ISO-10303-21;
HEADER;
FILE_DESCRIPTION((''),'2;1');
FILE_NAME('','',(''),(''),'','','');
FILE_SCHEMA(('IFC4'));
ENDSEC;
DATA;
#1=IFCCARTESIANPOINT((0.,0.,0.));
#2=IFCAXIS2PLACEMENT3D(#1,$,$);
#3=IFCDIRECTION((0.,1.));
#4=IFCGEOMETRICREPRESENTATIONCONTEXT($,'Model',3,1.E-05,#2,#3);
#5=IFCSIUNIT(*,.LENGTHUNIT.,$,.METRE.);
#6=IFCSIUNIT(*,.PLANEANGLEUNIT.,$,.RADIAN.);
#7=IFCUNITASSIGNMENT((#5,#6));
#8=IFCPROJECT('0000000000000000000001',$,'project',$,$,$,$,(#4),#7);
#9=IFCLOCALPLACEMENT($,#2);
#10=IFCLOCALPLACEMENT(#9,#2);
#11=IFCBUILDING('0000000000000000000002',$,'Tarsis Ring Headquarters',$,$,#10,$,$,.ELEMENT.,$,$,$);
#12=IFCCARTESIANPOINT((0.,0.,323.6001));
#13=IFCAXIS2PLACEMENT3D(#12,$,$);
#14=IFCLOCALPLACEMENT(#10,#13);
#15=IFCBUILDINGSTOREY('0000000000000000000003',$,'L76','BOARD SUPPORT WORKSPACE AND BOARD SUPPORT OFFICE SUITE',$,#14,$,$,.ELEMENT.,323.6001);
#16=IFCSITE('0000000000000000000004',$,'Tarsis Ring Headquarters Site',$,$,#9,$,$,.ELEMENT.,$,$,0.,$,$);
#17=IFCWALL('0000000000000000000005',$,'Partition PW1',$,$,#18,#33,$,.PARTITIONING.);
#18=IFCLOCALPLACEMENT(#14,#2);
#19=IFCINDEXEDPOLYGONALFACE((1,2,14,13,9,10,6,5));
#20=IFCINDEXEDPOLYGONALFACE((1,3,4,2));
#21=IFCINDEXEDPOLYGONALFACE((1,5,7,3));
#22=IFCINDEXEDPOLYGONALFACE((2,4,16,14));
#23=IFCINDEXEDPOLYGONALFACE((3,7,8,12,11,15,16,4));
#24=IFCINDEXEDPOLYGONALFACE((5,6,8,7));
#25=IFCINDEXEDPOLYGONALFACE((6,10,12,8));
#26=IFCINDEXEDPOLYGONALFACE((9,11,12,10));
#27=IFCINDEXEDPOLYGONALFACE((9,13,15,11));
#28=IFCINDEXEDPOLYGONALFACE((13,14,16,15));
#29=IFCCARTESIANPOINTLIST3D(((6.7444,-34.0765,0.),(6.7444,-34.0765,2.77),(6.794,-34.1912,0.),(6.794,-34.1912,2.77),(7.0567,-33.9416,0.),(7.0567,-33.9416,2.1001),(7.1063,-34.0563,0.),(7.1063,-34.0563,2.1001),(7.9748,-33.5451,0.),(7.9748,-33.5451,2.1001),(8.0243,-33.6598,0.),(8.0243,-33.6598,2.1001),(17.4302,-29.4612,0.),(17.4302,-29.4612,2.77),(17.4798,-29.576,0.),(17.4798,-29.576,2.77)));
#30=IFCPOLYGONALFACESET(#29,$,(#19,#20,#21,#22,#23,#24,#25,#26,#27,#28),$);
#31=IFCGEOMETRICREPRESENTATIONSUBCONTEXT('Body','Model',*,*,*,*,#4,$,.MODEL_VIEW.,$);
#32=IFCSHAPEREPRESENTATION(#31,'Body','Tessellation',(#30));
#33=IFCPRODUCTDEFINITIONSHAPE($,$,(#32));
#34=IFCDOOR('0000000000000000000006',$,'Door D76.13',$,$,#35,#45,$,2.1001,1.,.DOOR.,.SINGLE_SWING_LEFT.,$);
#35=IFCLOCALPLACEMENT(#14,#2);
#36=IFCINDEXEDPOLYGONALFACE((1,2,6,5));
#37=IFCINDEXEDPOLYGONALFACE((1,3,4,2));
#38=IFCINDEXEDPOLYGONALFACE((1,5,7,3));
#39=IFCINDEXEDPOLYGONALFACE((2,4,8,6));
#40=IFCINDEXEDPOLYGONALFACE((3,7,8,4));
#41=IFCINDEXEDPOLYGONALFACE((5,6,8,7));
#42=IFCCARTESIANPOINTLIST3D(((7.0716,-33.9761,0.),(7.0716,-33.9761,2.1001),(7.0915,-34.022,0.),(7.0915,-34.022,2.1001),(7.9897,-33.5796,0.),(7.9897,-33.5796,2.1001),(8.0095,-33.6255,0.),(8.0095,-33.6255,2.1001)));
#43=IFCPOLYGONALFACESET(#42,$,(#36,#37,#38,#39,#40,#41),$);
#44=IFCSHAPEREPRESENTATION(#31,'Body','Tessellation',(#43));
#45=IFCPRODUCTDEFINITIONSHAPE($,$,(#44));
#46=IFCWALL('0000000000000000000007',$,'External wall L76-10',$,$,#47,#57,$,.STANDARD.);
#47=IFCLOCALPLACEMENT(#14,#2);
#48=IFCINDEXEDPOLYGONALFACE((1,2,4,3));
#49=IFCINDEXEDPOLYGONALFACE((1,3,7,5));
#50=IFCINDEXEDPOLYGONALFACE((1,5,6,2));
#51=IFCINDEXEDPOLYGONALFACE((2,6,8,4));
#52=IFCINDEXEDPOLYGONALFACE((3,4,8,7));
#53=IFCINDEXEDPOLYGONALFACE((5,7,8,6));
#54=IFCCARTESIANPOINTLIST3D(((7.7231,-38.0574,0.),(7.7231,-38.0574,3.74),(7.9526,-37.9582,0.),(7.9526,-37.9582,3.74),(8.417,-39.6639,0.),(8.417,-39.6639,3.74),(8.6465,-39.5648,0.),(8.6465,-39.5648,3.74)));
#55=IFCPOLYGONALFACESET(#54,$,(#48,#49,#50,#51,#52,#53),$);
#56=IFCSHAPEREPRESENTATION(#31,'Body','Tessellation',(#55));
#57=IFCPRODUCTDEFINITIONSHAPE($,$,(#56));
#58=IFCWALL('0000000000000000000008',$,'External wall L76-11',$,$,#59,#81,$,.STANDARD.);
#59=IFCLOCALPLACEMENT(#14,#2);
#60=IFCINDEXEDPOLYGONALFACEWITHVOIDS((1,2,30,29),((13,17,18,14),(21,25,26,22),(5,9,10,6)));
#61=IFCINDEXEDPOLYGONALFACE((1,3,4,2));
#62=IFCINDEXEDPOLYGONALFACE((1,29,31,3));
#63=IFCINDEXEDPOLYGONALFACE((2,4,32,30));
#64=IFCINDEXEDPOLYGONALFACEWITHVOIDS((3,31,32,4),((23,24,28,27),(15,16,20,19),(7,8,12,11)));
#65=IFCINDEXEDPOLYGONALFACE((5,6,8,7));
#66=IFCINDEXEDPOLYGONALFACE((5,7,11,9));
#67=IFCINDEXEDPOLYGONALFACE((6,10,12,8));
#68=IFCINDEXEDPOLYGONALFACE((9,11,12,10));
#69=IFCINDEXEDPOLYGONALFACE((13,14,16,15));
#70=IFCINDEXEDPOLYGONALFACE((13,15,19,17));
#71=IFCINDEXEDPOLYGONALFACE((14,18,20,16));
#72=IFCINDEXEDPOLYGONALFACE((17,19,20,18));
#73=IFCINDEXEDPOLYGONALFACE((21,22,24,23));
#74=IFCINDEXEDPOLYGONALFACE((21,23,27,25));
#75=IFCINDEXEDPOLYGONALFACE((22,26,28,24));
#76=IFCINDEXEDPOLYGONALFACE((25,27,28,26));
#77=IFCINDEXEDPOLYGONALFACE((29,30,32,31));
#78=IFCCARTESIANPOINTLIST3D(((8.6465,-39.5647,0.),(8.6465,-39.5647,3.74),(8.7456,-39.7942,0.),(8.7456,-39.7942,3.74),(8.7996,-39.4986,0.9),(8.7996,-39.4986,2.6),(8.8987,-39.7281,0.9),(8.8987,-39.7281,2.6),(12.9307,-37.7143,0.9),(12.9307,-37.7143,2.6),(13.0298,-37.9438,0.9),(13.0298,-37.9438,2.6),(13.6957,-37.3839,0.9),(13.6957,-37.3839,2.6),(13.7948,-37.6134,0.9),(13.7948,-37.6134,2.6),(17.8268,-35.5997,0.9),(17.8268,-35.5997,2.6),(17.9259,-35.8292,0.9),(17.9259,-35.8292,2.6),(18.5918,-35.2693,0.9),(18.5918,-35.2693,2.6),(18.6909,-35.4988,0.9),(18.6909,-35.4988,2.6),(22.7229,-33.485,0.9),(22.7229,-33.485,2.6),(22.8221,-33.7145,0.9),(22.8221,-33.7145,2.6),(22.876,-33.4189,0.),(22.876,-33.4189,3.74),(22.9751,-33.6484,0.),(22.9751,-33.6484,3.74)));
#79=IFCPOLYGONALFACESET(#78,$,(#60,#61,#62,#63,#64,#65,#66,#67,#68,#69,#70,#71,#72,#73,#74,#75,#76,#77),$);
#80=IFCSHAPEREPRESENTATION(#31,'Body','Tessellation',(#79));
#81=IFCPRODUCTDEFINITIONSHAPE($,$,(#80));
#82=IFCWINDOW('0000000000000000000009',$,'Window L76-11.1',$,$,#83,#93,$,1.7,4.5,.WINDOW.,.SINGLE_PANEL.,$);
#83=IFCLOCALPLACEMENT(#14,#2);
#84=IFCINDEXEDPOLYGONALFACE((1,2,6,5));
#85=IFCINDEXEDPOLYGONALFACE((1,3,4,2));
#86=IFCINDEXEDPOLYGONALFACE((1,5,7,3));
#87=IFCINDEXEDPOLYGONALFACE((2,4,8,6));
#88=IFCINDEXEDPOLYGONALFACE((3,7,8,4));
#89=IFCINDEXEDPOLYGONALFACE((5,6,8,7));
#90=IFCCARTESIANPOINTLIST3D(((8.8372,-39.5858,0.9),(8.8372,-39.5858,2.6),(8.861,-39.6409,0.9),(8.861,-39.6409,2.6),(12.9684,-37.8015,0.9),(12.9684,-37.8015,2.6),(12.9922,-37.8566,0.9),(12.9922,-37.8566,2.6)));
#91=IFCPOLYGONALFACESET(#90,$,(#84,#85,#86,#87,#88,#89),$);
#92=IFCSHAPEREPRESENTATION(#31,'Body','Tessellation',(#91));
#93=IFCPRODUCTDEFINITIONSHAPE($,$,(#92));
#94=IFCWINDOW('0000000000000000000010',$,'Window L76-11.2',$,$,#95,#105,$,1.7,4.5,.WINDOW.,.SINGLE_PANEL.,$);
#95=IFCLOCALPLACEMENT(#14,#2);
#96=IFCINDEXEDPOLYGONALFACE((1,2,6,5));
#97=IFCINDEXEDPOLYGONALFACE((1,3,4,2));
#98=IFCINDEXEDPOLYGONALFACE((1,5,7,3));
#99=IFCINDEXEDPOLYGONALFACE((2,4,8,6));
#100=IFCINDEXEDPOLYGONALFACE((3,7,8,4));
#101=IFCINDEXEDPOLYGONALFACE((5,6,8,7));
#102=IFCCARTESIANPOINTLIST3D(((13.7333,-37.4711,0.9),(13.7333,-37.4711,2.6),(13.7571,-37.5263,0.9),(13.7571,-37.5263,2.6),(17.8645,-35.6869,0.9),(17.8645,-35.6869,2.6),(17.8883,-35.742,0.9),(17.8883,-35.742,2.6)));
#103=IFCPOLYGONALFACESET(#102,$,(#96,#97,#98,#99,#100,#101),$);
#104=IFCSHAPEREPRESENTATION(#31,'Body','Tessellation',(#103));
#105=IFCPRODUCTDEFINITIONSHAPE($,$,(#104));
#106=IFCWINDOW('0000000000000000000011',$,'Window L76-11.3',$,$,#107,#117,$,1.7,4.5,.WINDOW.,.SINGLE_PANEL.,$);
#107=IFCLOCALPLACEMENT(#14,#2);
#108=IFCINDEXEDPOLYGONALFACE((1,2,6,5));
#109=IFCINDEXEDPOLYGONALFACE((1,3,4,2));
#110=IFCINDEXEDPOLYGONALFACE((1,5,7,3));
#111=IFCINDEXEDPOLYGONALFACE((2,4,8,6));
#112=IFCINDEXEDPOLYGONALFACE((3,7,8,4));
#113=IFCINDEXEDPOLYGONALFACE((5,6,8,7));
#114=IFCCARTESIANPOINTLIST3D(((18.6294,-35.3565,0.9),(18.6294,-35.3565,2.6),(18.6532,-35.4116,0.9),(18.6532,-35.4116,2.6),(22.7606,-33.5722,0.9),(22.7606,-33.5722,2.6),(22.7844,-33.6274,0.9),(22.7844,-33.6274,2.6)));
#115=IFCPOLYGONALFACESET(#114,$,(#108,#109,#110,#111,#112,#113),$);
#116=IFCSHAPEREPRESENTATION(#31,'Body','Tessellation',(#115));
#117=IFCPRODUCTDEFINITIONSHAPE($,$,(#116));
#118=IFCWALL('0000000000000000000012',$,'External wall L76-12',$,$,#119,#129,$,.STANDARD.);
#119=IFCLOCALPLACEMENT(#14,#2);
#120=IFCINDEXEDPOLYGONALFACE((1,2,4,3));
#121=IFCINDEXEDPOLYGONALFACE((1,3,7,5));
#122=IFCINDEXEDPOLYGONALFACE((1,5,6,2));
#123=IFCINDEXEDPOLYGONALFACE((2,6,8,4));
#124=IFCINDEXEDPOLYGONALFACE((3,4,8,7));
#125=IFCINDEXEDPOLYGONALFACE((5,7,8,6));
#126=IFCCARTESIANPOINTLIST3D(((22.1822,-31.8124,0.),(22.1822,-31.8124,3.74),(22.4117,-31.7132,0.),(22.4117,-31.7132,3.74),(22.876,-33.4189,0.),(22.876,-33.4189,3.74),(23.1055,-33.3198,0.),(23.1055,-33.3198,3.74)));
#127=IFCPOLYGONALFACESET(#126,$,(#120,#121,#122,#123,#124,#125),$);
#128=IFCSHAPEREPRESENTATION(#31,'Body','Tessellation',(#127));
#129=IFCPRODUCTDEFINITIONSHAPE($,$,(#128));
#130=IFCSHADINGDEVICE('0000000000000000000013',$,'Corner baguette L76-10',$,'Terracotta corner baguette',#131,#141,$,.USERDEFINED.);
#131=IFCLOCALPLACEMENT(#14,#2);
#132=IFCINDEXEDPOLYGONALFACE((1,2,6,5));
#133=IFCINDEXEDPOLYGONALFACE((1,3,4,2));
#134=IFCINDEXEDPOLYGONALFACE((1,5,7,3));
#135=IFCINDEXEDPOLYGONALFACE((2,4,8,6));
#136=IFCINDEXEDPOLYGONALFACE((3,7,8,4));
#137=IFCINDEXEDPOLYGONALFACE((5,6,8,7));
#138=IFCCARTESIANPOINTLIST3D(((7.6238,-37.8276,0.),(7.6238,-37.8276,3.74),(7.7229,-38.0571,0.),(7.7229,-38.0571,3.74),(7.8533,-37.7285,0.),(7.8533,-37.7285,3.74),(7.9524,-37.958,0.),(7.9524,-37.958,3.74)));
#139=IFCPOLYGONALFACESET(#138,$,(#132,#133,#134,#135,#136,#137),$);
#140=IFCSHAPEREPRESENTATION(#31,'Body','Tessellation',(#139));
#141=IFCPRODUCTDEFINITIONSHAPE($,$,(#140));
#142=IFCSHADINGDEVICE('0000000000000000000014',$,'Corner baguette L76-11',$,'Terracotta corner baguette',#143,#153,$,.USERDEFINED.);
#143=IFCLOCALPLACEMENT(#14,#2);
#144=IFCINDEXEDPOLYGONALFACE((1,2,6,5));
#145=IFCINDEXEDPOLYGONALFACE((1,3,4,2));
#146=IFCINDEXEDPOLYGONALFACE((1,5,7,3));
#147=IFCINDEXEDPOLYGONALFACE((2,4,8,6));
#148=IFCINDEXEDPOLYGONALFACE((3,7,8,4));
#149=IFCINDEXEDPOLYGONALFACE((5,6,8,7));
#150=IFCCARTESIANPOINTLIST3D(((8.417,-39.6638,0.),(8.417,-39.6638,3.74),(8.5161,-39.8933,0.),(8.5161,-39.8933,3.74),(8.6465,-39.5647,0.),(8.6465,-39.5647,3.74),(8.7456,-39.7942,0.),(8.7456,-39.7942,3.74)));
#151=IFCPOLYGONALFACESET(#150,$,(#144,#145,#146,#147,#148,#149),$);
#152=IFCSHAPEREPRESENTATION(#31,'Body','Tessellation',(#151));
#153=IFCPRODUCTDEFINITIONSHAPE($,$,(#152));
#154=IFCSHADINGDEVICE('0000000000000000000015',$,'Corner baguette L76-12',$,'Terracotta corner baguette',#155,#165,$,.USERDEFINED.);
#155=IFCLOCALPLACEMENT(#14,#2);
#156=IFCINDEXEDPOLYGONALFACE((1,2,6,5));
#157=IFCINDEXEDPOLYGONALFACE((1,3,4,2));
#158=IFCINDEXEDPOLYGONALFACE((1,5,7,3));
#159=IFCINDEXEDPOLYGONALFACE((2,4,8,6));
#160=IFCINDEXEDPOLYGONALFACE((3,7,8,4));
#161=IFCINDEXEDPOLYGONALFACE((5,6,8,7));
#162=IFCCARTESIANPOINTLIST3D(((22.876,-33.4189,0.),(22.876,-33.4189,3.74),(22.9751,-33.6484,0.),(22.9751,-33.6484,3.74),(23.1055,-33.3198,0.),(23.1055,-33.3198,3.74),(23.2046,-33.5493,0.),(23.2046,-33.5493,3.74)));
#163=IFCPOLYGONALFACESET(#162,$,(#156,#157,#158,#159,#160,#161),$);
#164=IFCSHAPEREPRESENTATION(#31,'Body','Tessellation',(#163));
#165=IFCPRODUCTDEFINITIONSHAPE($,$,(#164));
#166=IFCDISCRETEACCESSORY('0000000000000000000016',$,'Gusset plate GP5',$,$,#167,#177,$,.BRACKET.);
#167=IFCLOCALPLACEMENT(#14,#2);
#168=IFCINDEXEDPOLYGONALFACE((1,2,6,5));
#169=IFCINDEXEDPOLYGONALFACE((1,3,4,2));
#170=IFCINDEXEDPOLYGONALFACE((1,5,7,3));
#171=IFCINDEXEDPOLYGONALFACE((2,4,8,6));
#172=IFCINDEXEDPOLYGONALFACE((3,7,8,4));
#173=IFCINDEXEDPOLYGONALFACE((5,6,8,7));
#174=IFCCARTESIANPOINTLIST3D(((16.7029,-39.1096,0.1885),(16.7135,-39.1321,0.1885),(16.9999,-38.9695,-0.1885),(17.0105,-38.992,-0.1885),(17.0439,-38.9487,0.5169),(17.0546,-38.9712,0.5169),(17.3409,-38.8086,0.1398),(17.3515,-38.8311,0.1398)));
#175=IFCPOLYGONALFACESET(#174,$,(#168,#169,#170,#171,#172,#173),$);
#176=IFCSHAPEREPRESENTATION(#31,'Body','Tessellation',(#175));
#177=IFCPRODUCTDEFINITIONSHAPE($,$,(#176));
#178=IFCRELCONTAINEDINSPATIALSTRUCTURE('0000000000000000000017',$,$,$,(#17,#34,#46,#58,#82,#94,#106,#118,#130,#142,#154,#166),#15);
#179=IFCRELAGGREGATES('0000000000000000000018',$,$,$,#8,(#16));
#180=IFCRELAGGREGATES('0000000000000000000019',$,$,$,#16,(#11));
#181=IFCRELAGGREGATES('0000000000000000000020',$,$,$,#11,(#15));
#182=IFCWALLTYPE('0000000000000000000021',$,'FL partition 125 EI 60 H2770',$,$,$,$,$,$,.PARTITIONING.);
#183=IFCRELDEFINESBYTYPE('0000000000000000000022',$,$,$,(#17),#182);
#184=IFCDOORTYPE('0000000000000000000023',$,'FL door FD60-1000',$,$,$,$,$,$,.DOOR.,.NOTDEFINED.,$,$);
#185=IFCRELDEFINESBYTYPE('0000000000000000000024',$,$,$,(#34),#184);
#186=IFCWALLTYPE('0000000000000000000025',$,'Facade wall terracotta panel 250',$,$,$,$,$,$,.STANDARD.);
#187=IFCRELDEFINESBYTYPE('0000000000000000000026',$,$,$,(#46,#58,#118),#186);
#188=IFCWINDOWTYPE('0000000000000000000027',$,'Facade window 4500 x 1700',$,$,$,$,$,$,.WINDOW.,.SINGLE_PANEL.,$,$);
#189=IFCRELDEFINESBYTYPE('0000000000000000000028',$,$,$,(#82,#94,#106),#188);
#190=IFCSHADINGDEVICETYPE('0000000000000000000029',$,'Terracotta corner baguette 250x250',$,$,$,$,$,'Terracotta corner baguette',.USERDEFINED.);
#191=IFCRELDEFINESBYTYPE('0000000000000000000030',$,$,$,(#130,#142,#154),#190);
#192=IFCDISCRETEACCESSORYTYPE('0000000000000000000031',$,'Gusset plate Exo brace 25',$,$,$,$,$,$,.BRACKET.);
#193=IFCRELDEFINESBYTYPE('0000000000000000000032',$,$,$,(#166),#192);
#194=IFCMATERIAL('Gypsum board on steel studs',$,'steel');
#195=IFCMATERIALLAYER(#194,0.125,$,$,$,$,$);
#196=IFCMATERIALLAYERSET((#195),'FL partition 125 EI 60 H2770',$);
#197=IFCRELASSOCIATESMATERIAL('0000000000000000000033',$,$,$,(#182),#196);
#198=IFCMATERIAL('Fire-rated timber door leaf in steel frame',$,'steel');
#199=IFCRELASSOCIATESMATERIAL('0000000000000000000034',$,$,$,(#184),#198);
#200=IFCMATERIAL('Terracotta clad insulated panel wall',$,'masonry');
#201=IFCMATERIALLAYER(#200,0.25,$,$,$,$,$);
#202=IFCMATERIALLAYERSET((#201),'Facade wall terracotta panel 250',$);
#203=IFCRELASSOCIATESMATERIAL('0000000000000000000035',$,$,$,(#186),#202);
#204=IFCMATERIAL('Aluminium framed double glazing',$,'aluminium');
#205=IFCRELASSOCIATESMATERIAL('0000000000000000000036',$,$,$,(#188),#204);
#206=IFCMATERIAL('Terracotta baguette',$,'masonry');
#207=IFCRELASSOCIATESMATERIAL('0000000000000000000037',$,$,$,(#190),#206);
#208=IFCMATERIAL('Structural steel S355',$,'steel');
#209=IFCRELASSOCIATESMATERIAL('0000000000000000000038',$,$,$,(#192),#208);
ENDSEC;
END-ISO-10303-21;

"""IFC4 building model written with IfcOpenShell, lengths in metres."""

from ifc_helpers import new_model, si_unit, direction, frame, frame_2d, origin, origin_2d, place, context, subcontext, project, spatial, rectangle, extrude, material, layer, layer_set, material_profile, profile_set, type_object, element, fill, save


model = new_model("IFC4")

# Units and contexts
model_context = context("Model", 3, precision=1e-05, world=origin(), true_north=direction((0.0, 1.0)))
body_context = subcontext(model_context, "Body", "Model", "MODEL_VIEW")
ifc_project = project(units=[si_unit("LENGTHUNIT", "METRE"), si_unit("PLANEANGLEUNIT", "RADIAN")], contexts=[model_context])

# Site, building, storey
site_placement = place(None, origin())
site = spatial("IfcSite", under=ifc_project, at=site_placement, Name="Tarsis Ring Headquarters Site", CompositionType="ELEMENT", RefElevation=0.0)
building_placement = place(site_placement, origin())
building = spatial("IfcBuilding", under=site, at=building_placement, Name="Tarsis Ring Headquarters", CompositionType="ELEMENT")
storey_placement = place(building_placement, frame((0.0, 0.0, 323.6001)))
storey = spatial("IfcBuildingStorey", under=building, at=storey_placement, Name="L76", Description="BOARD SUPPORT WORKSPACE AND BOARD SUPPORT OFFICE SUITE", CompositionType="ELEMENT", Elevation=323.6001)

# Shared definitions
ifc_material_1 = material(Name="Structural steel S355", Category="steel")

# Wall, opening, door
ifc_material_2 = material(Name="Gypsum board on steel studs", Category="steel")
ifc_layer_1 = layer(ifc_material_2, 0.125)
ifc_layer_set_1 = layer_set([ifc_layer_1], Name="FL partition 125 EI 60 H2770")
wall_type_1 = type_object("IfcWallType", Name="FL partition 125 EI 60 H2770", PredefinedType="PARTITIONING", material=ifc_layer_set_1)
wall_1_placement = place(storey_placement, frame((6.7693, -34.1338, 0.0), z_axis=(0.0, 0.0, 1.0), x_axis=(0.918034, 0.396502, 0.0)))
wall_1 = element("IfcWall", 1, at=wall_1_placement, inside=storey, type_object=wall_type_1, Name="Partition PW1", PredefinedType="PARTITIONING", context=body_context, shape_type="SweptSolid", body=[
    extrude(rectangle(XDim=11.6399, YDim=0.125, at=frame_2d((5.8198, 0.0))), origin(), (0.0, 0.0, 1.0), 2.77),
])
opening_1_placement = place(wall_1_placement, frame((0.3401, 0.0, 0.0)))
opening_1 = element("IfcOpeningElement", 2, at=opening_1_placement, cuts=wall_1, PredefinedType="OPENING", context=body_context, shape_type="SweptSolid", body=[
    extrude(rectangle(XDim=1.0, YDim=2.1001, at=frame_2d((0.5, 1.05))), frame((0.0, 0.0725, 0.0), z_axis=(0.0, -1.0, 0.0), x_axis=(1.0, 0.0, 0.0)), (0.0, 0.0, 1.0), 0.145),
])
ifc_material_3 = material(Name="Fire-rated timber door leaf in steel frame", Category="steel")
door_type = type_object("IfcDoorType", Name="FL door FD60-1000", OperationType="NOTDEFINED", PredefinedType="DOOR", material=ifc_material_3)
door_placement = place(opening_1_placement, origin())
door = element("IfcDoor", 3, at=door_placement, inside=storey, type_object=door_type, Name="Door D76.13", OperationType="SINGLE_SWING_LEFT", OverallHeight=2.1001, OverallWidth=1.0, PredefinedType="DOOR", context=body_context, shape_type="SweptSolid", body=[
    extrude(rectangle(XDim=1.0, YDim=2.1001, at=frame_2d((0.5, 1.05))), frame((0.0, 0.0249, 0.0), z_axis=(0.0, -1.0, 0.0), x_axis=(1.0, 0.0, 0.0)), (0.0, 0.0, 1.0), 0.05),
])
fill(opening_1, door)

# Wall
ifc_material_4 = material(Name="Terracotta clad insulated panel wall", Category="masonry")
ifc_layer_2 = layer(ifc_material_4, 0.25)
ifc_layer_set_2 = layer_set([ifc_layer_2], Name="Facade wall terracotta panel 250")
wall_type_2 = type_object("IfcWallType", Name="Facade wall terracotta panel 250", PredefinedType="STANDARD", material=ifc_layer_set_2)
wall_2_placement = place(storey_placement, frame((7.8379, -38.0078, 0.0), z_axis=(0.0, 0.0, 1.0), x_axis=(0.396511, -0.91803, 0.0)))
element("IfcWall", 4, at=wall_2_placement, inside=storey, type_object=wall_type_2, Name="External wall L76-10", PredefinedType="STANDARD", context=body_context, shape_type="SweptSolid", body=[
    extrude(rectangle(XDim=1.75, YDim=0.25, at=frame_2d((0.875, 0.0))), origin(), (0.0, 0.0, 1.0), 3.74),
])

# Wall, openings, windows
wall_3_placement = place(storey_placement, frame((8.696, -39.6794, 0.0), z_axis=(0.0, 0.0, 1.0), x_axis=(0.918034, 0.396501, 0.0)))
wall_3 = element("IfcWall", 5, at=wall_3_placement, inside=storey, type_object=wall_type_2, Name="External wall L76-11", PredefinedType="STANDARD", context=body_context, shape_type="SweptSolid", body=[
    extrude(rectangle(XDim=15.5, YDim=0.25, at=frame_2d((7.75, 0.0))), origin(), (0.0, 0.0, 1.0), 3.74),
])
opening_2_placement = place(wall_3_placement, frame((0.1667, 0.0, 0.8999)))
opening_2 = element("IfcOpeningElement", 6, at=opening_2_placement, cuts=wall_3, PredefinedType="OPENING", context=body_context, shape_type="SweptSolid", body=[
    extrude(rectangle(XDim=4.5, YDim=1.7, at=frame_2d((2.25, 0.8501))), frame((0.0, 0.135, 0.0), z_axis=(0.0, -1.0, 0.0), x_axis=(1.0, 0.0, 0.0)), (0.0, 0.0, 1.0), 0.27),
])
opening_3_placement = place(wall_3_placement, frame((5.5, 0.0, 0.8999)))
opening_3 = element("IfcOpeningElement", 7, at=opening_3_placement, cuts=wall_3, PredefinedType="OPENING", context=body_context, shape_type="SweptSolid", body=[
    extrude(rectangle(XDim=4.5, YDim=1.7, at=frame_2d((2.25, 0.8501))), frame((0.0, 0.135, 0.0), z_axis=(0.0, -1.0, 0.0), x_axis=(1.0, 0.0, 0.0)), (0.0, 0.0, 1.0), 0.27),
])
opening_4_placement = place(wall_3_placement, frame((10.8333, 0.0, 0.8999)))
opening_4 = element("IfcOpeningElement", 8, at=opening_4_placement, cuts=wall_3, PredefinedType="OPENING", context=body_context, shape_type="SweptSolid", body=[
    extrude(rectangle(XDim=4.5, YDim=1.7, at=frame_2d((2.25, 0.8501))), frame((0.0, 0.135, 0.0), z_axis=(0.0, -1.0, 0.0), x_axis=(1.0, 0.0, 0.0)), (0.0, 0.0, 1.0), 0.27),
])
ifc_material_5 = material(Name="Aluminium framed double glazing", Category="aluminium")
window_type = type_object("IfcWindowType", Name="Facade window 4500 x 1700", PartitioningType="SINGLE_PANEL", PredefinedType="WINDOW", material=ifc_material_5)
window_1_placement = place(opening_2_placement, origin())
window_1 = element("IfcWindow", 9, at=window_1_placement, inside=storey, type_object=window_type, Name="Window L76-11.1", OverallHeight=1.7, OverallWidth=4.5, PartitioningType="SINGLE_PANEL", PredefinedType="WINDOW", context=body_context, shape_type="SweptSolid", body=[
    extrude(rectangle(XDim=4.5, YDim=1.7, at=frame_2d((2.25, 0.8501))), frame((0.0, 0.03, 0.0), z_axis=(0.0, -1.0, 0.0), x_axis=(1.0, 0.0, 0.0)), (0.0, 0.0, 1.0), 0.0601),
])
fill(opening_2, window_1)
window_2_placement = place(opening_3_placement, origin())
window_2 = element("IfcWindow", 10, at=window_2_placement, inside=storey, type_object=window_type, Name="Window L76-11.2", OverallHeight=1.7, OverallWidth=4.5, PartitioningType="SINGLE_PANEL", PredefinedType="WINDOW", context=body_context, shape_type="SweptSolid", body=[
    extrude(rectangle(XDim=4.5, YDim=1.7, at=frame_2d((2.25, 0.8501))), frame((0.0, 0.03, 0.0), z_axis=(0.0, -1.0, 0.0), x_axis=(1.0, 0.0, 0.0)), (0.0, 0.0, 1.0), 0.0601),
])
fill(opening_3, window_2)
window_3_placement = place(opening_4_placement, origin())
window_3 = element("IfcWindow", 11, at=window_3_placement, inside=storey, type_object=window_type, Name="Window L76-11.3", OverallHeight=1.7, OverallWidth=4.5, PartitioningType="SINGLE_PANEL", PredefinedType="WINDOW", context=body_context, shape_type="SweptSolid", body=[
    extrude(rectangle(XDim=4.5, YDim=1.7, at=frame_2d((2.25, 0.8501))), frame((0.0, 0.03, 0.0), z_axis=(0.0, -1.0, 0.0), x_axis=(1.0, 0.0, 0.0)), (0.0, 0.0, 1.0), 0.0601),
])
fill(opening_4, window_3)

# Wall
wall_4_placement = place(storey_placement, frame((22.9907, -33.3694, 0.0), z_axis=(0.0, 0.0, 1.0), x_axis=(-0.39646, 0.918052, 0.0)))
element("IfcWall", 12, at=wall_4_placement, inside=storey, type_object=wall_type_2, Name="External wall L76-12", PredefinedType="STANDARD", context=body_context, shape_type="SweptSolid", body=[
    extrude(rectangle(XDim=1.75, YDim=0.25, at=frame_2d((0.875, 0.0))), origin(), (0.0, 0.0, 1.0), 3.74),
])

# Shading devices
ifc_material_6 = material(Name="Terracotta baguette", Category="masonry")
shading_device_type_1 = type_object("IfcShadingDeviceType", Name="Terracotta corner baguette 250x250", ElementType="Terracotta corner baguette", PredefinedType="USERDEFINED", material=ifc_material_6)
for number, where, z_axis, x_axis, name in (
    (13, (7.7881, -37.8928, 0.0), (0.0, 0.0, 1.0), (0.918032, 0.396507, 0.0), "Corner baguette L76-10"),
    (14, (8.5813, -39.729, 0.0), (0.0, 0.0, 1.0), (0.396507, -0.918032, 0.0), "Corner baguette L76-11"),
    (15, (23.0403, -33.4841, 0.0), (0.0, 0.0, 1.0), (0.918032, 0.396507, 0.0), "Corner baguette L76-12"),
):
    element("IfcShadingDevice", number, at=place(storey_placement, frame(where, z_axis=z_axis, x_axis=x_axis)), inside=storey, type_object=shading_device_type_1, Name=name, ObjectType="Terracotta corner baguette", PredefinedType="USERDEFINED", context=body_context, shape_type="SweptSolid", body=[
        extrude(rectangle(XDim=0.25, YDim=0.25, at=origin_2d()), origin(), (0.0, 0.0, 1.0), 3.74),
    ])

# Discrete accessory
ifc_material_profile_1 = material_profile(ifc_material_1, rectangle(XDim=0.0249, YDim=0.5, at=origin_2d()), Name="PL 25x500")
ifc_profile_set_1 = profile_set([ifc_material_profile_1], Name="Structural steel S355")
discrete_accessory_type = type_object("IfcDiscreteAccessoryType", Name="Gusset plate Exo brace 25", PredefinedType="BRACKET", material=ifc_profile_set_1)
discrete_accessory_1_placement = place(storey_placement, frame((16.8567, -39.0508, 0.0), z_axis=(0.682079, 0.321754, 0.65669), x_axis=(-0.426639, 0.904422, 0.0)))
element("IfcDiscreteAccessory", 16, at=discrete_accessory_1_placement, inside=storey, type_object=discrete_accessory_type, Name="Gusset plate GP5", PredefinedType="BRACKET", context=body_context, shape_type="SweptSolid", body=[
    extrude(rectangle(XDim=0.0249, YDim=0.5, at=origin_2d()), origin(), (0.0, 0.0, 1.0), 0.5),
])

save(model, "model.ifc")
